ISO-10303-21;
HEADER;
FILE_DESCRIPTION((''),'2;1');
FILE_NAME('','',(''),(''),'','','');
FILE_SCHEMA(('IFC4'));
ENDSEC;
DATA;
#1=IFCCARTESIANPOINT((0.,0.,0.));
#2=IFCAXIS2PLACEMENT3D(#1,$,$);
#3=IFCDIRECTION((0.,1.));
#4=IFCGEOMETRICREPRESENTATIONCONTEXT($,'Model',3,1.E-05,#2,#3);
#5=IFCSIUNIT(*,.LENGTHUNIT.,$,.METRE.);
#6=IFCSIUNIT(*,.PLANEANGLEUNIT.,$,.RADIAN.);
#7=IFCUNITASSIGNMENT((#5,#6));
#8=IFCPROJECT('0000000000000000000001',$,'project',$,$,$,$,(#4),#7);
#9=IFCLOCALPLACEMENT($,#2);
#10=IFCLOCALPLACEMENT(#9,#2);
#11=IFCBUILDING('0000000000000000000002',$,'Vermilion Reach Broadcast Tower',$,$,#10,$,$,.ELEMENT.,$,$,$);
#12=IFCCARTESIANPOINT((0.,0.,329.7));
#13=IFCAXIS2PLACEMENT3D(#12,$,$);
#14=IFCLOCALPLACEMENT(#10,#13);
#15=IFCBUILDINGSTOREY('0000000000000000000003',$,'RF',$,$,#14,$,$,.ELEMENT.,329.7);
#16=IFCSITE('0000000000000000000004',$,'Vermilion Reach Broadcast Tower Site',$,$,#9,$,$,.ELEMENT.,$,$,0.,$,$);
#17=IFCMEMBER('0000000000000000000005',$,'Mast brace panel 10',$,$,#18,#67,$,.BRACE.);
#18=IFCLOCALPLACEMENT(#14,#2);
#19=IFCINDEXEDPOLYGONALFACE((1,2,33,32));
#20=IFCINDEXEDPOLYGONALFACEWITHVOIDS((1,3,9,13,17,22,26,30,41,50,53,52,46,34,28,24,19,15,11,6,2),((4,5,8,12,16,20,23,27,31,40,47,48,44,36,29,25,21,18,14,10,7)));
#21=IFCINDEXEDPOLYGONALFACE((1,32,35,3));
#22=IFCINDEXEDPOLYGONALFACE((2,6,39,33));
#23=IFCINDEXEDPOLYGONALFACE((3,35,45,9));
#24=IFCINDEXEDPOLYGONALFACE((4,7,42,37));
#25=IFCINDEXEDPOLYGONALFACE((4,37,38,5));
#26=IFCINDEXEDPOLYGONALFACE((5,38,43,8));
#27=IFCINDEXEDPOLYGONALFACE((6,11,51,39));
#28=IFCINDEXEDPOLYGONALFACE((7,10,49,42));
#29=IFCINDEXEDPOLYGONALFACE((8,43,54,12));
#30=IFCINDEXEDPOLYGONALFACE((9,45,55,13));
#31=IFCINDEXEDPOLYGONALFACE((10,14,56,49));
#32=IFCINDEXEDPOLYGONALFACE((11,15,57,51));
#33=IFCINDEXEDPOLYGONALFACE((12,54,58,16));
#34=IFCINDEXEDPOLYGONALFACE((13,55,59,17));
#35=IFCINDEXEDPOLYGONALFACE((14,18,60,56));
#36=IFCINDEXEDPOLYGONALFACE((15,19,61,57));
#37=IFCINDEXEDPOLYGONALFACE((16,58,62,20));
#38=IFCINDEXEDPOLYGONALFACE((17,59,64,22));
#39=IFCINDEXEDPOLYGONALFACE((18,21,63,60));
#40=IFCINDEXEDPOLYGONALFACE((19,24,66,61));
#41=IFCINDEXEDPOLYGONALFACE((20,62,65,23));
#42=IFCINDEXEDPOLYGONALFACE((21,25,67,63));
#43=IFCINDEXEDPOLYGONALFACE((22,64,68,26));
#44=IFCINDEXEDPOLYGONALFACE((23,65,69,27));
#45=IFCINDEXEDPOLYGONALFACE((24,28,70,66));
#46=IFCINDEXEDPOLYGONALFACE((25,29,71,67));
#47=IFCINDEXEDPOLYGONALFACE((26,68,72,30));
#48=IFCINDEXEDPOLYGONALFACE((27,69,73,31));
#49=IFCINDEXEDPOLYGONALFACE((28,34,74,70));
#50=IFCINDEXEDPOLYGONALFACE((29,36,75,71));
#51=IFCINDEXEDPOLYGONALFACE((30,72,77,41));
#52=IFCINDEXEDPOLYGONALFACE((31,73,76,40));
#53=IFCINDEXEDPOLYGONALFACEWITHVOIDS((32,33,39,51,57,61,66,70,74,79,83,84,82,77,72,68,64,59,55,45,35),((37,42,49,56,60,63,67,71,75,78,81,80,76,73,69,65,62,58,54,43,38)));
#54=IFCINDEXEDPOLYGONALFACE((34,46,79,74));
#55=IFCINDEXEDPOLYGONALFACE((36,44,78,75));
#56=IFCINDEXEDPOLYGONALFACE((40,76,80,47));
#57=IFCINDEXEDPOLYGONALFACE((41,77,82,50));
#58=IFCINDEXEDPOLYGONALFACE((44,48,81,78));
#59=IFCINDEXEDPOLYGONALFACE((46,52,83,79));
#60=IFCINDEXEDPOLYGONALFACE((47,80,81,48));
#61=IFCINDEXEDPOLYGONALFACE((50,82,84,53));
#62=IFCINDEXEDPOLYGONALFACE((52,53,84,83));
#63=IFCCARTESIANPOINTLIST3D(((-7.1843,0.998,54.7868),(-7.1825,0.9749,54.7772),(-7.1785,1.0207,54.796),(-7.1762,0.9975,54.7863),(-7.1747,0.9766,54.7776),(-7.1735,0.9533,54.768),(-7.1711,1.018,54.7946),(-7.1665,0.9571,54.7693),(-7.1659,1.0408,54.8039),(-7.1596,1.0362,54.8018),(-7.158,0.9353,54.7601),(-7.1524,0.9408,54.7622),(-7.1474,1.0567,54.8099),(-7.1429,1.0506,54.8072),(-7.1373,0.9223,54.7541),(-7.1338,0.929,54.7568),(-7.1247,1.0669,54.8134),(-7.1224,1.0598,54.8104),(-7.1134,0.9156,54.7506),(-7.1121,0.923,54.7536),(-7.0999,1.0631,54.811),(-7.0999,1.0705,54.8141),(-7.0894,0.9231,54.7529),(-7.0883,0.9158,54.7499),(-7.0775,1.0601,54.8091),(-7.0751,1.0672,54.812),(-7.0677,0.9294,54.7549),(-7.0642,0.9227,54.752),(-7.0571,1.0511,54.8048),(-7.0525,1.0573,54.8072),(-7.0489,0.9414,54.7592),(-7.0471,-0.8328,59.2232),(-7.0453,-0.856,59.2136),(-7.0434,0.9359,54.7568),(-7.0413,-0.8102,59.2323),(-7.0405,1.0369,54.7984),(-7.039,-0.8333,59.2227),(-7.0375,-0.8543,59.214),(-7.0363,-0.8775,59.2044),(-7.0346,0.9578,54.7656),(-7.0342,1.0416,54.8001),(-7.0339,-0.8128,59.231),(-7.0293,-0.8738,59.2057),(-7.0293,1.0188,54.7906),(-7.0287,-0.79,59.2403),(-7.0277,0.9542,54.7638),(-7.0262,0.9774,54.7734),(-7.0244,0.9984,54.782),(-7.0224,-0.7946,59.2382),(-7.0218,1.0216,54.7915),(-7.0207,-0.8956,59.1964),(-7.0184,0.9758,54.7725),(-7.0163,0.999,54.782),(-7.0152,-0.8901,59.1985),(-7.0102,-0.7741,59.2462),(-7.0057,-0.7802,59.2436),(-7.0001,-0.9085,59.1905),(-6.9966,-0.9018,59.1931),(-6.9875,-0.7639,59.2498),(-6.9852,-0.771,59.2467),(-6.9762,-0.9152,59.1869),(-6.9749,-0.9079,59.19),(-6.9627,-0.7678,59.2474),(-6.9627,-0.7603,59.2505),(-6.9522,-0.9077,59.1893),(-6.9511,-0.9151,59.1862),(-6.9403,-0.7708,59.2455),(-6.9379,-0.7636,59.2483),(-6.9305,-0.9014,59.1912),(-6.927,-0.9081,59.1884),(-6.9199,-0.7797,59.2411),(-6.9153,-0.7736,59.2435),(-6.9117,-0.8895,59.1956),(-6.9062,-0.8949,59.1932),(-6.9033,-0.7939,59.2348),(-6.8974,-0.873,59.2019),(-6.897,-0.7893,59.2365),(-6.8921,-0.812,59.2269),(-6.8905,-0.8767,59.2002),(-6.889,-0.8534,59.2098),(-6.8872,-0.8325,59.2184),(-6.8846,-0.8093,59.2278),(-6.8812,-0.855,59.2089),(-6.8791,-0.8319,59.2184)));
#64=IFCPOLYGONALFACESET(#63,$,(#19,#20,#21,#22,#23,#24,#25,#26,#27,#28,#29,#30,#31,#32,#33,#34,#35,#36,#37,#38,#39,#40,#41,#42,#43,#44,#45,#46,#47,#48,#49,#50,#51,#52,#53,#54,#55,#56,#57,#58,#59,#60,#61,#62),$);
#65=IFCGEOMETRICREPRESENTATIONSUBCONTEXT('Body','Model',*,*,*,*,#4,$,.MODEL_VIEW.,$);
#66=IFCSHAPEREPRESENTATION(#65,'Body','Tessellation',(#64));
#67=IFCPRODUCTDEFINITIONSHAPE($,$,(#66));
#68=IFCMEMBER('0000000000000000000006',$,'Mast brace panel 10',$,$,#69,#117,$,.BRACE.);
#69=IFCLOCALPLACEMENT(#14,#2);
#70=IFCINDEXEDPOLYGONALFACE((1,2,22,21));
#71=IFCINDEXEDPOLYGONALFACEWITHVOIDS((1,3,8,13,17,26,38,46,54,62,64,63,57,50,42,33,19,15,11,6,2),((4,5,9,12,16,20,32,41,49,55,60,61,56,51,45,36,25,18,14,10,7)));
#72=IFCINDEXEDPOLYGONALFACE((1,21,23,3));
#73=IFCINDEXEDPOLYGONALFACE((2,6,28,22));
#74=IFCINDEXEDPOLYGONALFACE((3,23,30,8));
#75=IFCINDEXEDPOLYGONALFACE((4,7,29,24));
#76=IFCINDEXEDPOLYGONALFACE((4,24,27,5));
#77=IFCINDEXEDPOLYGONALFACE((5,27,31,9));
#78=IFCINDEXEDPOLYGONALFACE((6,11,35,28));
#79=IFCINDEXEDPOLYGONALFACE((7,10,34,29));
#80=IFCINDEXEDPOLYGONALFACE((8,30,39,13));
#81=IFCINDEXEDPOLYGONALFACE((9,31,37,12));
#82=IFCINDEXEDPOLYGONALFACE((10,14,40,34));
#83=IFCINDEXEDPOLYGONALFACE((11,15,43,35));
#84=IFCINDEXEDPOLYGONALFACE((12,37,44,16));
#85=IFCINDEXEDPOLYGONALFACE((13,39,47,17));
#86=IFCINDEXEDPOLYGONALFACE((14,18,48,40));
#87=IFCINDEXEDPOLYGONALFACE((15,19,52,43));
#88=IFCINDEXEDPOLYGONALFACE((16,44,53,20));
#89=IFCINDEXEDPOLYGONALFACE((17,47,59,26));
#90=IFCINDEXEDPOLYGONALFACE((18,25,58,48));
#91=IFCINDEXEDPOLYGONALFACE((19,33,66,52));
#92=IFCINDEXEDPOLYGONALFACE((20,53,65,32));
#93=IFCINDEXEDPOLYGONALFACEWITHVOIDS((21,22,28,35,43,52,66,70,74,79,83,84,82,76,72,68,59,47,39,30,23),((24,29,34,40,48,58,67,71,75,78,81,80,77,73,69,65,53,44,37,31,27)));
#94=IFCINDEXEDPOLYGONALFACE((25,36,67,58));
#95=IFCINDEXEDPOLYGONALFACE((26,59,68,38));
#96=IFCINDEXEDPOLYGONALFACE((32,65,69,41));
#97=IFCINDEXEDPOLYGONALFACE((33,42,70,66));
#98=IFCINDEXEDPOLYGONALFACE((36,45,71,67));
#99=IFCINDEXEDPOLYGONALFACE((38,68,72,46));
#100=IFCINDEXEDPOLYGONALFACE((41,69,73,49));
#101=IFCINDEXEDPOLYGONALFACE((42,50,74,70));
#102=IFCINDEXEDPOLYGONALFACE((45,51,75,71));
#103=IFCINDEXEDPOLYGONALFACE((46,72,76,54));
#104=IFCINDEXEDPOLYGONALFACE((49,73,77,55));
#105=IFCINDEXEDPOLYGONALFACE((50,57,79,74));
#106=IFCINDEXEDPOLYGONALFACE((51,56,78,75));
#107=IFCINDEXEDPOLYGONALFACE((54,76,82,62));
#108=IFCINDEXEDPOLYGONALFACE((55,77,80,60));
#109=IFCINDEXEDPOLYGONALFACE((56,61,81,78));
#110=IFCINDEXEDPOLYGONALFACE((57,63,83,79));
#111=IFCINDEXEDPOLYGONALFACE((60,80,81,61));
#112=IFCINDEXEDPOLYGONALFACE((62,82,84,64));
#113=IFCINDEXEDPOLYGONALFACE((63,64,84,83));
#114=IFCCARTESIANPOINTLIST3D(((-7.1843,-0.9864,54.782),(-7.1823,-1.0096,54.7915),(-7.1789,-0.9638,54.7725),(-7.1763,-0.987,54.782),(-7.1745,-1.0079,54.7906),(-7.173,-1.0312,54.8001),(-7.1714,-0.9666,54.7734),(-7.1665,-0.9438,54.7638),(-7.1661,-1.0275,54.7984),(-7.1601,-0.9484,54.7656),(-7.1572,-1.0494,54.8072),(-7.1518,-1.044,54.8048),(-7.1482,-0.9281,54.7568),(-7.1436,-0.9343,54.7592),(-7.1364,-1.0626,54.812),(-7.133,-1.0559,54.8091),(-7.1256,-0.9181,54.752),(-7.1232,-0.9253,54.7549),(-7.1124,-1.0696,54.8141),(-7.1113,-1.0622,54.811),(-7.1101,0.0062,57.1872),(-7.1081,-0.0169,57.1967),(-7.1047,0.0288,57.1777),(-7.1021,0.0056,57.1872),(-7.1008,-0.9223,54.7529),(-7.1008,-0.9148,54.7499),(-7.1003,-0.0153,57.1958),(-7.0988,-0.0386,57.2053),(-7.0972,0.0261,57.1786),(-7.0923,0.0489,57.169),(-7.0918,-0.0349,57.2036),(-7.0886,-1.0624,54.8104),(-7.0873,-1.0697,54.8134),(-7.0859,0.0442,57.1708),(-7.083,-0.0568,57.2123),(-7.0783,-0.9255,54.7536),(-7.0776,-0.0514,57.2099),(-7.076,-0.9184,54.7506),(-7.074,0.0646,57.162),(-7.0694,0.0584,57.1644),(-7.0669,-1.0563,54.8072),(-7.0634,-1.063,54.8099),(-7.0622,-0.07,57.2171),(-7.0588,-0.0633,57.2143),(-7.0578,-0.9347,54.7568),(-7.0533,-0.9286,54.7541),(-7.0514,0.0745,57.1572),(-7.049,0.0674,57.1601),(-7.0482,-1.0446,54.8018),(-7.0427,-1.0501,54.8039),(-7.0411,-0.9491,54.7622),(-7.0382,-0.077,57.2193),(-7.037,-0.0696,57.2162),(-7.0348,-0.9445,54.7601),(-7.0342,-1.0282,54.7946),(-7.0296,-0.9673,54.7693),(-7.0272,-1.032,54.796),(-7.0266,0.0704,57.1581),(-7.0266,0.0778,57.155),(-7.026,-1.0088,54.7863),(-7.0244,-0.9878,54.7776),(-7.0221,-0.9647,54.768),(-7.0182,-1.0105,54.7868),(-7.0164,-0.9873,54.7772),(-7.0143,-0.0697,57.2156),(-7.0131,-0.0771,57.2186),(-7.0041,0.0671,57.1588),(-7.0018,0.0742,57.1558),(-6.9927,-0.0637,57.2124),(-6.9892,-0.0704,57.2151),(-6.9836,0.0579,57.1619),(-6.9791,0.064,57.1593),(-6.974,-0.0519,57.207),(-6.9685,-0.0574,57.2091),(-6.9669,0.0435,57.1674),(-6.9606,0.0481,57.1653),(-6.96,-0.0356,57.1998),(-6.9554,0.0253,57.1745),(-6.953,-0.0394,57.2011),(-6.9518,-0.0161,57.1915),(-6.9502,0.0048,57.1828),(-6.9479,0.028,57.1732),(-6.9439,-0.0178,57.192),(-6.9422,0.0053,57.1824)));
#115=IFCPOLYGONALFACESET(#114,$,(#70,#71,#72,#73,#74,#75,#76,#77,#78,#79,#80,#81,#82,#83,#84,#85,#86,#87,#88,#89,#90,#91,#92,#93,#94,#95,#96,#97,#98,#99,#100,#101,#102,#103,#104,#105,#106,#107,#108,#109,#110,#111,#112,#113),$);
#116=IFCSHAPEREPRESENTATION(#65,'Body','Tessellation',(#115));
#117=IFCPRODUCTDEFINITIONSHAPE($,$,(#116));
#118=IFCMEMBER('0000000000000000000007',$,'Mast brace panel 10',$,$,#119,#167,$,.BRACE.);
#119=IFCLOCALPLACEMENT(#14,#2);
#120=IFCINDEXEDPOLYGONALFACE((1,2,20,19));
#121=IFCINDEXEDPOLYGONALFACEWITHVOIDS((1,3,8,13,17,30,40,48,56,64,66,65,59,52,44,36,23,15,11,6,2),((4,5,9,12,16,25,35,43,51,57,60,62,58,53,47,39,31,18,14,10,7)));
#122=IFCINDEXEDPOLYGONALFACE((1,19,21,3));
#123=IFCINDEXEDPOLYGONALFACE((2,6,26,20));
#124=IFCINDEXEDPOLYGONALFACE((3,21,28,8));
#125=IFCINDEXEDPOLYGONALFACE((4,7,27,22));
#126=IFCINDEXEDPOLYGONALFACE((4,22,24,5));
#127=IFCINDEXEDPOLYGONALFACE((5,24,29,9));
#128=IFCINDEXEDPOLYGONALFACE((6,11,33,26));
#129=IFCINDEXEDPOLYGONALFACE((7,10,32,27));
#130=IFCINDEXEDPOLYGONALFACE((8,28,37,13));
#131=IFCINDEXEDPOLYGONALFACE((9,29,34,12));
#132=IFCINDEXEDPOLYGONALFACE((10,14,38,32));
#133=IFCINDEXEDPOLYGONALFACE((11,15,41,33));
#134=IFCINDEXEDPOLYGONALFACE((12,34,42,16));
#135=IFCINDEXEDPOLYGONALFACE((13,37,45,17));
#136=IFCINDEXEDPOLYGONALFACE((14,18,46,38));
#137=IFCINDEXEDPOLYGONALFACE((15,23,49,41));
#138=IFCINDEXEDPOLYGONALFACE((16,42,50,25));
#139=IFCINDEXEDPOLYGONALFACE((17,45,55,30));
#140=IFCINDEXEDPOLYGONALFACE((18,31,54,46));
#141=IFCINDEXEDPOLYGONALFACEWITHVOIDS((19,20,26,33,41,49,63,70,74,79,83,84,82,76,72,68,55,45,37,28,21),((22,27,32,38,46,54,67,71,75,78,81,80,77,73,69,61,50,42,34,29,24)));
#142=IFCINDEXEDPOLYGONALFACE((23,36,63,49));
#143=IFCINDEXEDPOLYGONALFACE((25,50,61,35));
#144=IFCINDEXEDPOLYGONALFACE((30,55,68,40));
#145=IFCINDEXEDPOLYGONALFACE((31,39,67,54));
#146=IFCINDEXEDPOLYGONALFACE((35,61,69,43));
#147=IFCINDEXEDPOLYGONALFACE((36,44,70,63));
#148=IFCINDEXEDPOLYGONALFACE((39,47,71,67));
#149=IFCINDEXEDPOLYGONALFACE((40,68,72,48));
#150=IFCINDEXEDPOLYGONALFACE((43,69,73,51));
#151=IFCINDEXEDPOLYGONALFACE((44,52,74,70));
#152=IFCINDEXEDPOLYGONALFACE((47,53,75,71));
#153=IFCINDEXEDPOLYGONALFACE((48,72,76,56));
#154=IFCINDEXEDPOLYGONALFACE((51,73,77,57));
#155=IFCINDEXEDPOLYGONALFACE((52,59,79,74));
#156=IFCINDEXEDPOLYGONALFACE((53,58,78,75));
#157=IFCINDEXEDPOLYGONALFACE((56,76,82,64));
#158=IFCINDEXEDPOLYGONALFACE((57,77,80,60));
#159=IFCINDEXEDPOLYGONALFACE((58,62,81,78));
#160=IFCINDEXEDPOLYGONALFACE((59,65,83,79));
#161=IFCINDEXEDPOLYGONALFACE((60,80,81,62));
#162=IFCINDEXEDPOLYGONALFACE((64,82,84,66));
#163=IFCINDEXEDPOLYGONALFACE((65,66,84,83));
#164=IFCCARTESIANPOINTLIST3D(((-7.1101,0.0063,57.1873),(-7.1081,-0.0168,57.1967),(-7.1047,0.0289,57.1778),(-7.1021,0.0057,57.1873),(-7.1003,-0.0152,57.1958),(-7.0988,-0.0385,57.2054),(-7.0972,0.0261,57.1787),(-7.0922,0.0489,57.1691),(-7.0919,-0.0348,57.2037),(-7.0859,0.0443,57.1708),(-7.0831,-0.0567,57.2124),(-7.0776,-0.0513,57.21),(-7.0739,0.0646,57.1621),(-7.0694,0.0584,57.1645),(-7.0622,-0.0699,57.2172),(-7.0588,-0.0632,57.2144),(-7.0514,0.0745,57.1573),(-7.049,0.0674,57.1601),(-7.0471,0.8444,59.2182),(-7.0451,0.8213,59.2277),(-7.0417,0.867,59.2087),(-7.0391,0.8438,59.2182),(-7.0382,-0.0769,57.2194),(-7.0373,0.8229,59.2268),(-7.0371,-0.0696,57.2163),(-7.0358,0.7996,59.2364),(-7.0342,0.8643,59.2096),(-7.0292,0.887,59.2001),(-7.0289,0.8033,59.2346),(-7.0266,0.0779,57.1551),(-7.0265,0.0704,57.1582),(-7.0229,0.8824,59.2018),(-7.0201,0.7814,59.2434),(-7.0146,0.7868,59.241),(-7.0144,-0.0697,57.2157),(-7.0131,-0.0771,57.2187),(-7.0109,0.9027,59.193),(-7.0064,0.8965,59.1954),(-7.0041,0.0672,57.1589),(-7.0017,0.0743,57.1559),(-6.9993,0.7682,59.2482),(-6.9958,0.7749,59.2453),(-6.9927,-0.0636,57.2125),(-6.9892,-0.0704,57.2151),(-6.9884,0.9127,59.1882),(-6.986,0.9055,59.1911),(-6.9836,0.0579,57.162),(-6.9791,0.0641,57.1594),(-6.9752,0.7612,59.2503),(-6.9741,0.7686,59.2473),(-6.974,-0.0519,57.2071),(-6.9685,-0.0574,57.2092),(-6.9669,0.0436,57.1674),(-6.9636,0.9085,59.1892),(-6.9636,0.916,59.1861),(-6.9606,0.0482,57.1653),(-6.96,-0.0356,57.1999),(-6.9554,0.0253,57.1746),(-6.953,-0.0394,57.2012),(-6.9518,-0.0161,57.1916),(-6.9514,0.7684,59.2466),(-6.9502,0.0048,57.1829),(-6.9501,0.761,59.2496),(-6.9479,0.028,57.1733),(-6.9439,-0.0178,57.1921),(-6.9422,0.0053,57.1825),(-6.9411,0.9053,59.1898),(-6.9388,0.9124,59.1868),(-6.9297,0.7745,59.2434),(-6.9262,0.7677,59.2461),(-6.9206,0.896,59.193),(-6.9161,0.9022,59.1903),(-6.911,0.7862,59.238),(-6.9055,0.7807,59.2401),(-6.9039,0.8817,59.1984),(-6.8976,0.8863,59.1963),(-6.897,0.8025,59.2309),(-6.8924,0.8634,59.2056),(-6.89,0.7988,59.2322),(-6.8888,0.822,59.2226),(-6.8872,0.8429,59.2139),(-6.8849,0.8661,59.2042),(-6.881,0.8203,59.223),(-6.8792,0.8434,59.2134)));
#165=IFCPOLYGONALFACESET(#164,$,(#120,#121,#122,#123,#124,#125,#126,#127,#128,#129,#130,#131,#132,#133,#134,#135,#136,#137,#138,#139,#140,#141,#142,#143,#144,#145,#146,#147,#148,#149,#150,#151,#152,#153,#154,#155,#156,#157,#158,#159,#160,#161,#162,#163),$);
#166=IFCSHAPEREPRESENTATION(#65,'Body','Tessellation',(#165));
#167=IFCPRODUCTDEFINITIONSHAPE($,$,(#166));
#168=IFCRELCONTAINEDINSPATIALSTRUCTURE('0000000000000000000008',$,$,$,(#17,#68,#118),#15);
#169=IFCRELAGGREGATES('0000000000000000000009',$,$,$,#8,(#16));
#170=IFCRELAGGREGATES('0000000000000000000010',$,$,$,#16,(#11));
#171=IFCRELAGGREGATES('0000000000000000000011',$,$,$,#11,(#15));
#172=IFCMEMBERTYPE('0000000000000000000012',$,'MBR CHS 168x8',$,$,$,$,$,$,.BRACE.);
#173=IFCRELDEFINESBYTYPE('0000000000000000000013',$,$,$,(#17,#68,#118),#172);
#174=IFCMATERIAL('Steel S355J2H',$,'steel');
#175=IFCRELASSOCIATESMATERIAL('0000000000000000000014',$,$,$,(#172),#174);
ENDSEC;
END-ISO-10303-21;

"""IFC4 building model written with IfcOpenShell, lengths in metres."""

from ifc_helpers import new_model, si_unit, direction, frame, origin, origin_2d, place, context, subcontext, project, spatial, hollow_circle, extrude, material, material_profile, profile_set, type_object, element, save


model = new_model("IFC4")

# Units and contexts
model_context = context("Model", 3, precision=1e-05, world=origin(), true_north=direction((0.0, 1.0)))
body_context = subcontext(model_context, "Body", "Model", "MODEL_VIEW")
ifc_project = project(units=[si_unit("LENGTHUNIT", "METRE"), si_unit("PLANEANGLEUNIT", "RADIAN")], contexts=[model_context])

# Site, building, storey
site_placement = place(None, origin())
site = spatial("IfcSite", under=ifc_project, at=site_placement, Name="Vermilion Reach Broadcast Tower Site", CompositionType="ELEMENT", RefElevation=0.0)
building_placement = place(site_placement, origin())
building = spatial("IfcBuilding", under=site, at=building_placement, Name="Vermilion Reach Broadcast Tower", CompositionType="ELEMENT")
storey_placement = place(building_placement, frame((0.0, 0.0, 329.7)))
storey = spatial("IfcBuildingStorey", under=building, at=storey_placement, Name="RF", CompositionType="ELEMENT", Elevation=329.7)

# Members
ifc_material_1 = material(Name="Steel S355J2H", Category="steel")
ifc_material_profile_1 = material_profile(ifc_material_1, hollow_circle(Radius=0.0842, WallThickness=0.0081, at=origin_2d()), Name="S355J2H CHS 168x8")
ifc_profile_set_1 = profile_set([ifc_material_profile_1], Name="Steel S355J2H")
member_type_1 = type_object("IfcMemberType", Name="MBR CHS 168x8", PredefinedType="BRACE", material=ifc_profile_set_1)
member_1_placement = place(storey_placement, frame((-7.1003, 0.9927, 54.782), z_axis=(0.028578, -0.381326, 0.923999), x_axis=(0.997204, 0.074734, 0.0)))
element("IfcMember", 1, at=member_1_placement, inside=storey, type_object=member_type_1, Name="Mast brace panel 10", PredefinedType="BRACE", context=body_context, shape_type="SweptSolid", body=[
    extrude(hollow_circle(Radius=0.0842, WallThickness=0.0081, at=origin_2d()), origin(), (0.0, 0.0, 1.0), 4.8013),
])
member_2_placement = place(storey_placement, frame((-7.1003, -0.9927, 54.782), z_axis=(0.028511, 0.38134, 0.923995), x_axis=(-0.997217, 0.074558, 0.0)))
element("IfcMember", 2, at=member_2_placement, inside=storey, type_object=member_type_1, Name="Mast brace panel 10", PredefinedType="BRACE", context=body_context, shape_type="SweptSolid", body=[
    extrude(hollow_circle(Radius=0.0842, WallThickness=0.0081, at=origin_2d()), origin(), (0.0, 0.0, 1.0), 2.603),
])
member_3_placement = place(storey_placement, frame((-7.0261, 0.0, 57.1873), z_axis=(0.028656, 0.381308, 0.924004), x_axis=(-0.997188, 0.074942, 0.0)))
element("IfcMember", 3, at=member_3_placement, inside=storey, type_object=member_type_1, Name="Mast brace panel 10", PredefinedType="BRACE", context=body_context, shape_type="SweptSolid", body=[
    extrude(hollow_circle(Radius=0.0842, WallThickness=0.0081, at=origin_2d()), origin(), (0.0, 0.0, 1.0), 2.198),
])

save(model, "model.ifc")
